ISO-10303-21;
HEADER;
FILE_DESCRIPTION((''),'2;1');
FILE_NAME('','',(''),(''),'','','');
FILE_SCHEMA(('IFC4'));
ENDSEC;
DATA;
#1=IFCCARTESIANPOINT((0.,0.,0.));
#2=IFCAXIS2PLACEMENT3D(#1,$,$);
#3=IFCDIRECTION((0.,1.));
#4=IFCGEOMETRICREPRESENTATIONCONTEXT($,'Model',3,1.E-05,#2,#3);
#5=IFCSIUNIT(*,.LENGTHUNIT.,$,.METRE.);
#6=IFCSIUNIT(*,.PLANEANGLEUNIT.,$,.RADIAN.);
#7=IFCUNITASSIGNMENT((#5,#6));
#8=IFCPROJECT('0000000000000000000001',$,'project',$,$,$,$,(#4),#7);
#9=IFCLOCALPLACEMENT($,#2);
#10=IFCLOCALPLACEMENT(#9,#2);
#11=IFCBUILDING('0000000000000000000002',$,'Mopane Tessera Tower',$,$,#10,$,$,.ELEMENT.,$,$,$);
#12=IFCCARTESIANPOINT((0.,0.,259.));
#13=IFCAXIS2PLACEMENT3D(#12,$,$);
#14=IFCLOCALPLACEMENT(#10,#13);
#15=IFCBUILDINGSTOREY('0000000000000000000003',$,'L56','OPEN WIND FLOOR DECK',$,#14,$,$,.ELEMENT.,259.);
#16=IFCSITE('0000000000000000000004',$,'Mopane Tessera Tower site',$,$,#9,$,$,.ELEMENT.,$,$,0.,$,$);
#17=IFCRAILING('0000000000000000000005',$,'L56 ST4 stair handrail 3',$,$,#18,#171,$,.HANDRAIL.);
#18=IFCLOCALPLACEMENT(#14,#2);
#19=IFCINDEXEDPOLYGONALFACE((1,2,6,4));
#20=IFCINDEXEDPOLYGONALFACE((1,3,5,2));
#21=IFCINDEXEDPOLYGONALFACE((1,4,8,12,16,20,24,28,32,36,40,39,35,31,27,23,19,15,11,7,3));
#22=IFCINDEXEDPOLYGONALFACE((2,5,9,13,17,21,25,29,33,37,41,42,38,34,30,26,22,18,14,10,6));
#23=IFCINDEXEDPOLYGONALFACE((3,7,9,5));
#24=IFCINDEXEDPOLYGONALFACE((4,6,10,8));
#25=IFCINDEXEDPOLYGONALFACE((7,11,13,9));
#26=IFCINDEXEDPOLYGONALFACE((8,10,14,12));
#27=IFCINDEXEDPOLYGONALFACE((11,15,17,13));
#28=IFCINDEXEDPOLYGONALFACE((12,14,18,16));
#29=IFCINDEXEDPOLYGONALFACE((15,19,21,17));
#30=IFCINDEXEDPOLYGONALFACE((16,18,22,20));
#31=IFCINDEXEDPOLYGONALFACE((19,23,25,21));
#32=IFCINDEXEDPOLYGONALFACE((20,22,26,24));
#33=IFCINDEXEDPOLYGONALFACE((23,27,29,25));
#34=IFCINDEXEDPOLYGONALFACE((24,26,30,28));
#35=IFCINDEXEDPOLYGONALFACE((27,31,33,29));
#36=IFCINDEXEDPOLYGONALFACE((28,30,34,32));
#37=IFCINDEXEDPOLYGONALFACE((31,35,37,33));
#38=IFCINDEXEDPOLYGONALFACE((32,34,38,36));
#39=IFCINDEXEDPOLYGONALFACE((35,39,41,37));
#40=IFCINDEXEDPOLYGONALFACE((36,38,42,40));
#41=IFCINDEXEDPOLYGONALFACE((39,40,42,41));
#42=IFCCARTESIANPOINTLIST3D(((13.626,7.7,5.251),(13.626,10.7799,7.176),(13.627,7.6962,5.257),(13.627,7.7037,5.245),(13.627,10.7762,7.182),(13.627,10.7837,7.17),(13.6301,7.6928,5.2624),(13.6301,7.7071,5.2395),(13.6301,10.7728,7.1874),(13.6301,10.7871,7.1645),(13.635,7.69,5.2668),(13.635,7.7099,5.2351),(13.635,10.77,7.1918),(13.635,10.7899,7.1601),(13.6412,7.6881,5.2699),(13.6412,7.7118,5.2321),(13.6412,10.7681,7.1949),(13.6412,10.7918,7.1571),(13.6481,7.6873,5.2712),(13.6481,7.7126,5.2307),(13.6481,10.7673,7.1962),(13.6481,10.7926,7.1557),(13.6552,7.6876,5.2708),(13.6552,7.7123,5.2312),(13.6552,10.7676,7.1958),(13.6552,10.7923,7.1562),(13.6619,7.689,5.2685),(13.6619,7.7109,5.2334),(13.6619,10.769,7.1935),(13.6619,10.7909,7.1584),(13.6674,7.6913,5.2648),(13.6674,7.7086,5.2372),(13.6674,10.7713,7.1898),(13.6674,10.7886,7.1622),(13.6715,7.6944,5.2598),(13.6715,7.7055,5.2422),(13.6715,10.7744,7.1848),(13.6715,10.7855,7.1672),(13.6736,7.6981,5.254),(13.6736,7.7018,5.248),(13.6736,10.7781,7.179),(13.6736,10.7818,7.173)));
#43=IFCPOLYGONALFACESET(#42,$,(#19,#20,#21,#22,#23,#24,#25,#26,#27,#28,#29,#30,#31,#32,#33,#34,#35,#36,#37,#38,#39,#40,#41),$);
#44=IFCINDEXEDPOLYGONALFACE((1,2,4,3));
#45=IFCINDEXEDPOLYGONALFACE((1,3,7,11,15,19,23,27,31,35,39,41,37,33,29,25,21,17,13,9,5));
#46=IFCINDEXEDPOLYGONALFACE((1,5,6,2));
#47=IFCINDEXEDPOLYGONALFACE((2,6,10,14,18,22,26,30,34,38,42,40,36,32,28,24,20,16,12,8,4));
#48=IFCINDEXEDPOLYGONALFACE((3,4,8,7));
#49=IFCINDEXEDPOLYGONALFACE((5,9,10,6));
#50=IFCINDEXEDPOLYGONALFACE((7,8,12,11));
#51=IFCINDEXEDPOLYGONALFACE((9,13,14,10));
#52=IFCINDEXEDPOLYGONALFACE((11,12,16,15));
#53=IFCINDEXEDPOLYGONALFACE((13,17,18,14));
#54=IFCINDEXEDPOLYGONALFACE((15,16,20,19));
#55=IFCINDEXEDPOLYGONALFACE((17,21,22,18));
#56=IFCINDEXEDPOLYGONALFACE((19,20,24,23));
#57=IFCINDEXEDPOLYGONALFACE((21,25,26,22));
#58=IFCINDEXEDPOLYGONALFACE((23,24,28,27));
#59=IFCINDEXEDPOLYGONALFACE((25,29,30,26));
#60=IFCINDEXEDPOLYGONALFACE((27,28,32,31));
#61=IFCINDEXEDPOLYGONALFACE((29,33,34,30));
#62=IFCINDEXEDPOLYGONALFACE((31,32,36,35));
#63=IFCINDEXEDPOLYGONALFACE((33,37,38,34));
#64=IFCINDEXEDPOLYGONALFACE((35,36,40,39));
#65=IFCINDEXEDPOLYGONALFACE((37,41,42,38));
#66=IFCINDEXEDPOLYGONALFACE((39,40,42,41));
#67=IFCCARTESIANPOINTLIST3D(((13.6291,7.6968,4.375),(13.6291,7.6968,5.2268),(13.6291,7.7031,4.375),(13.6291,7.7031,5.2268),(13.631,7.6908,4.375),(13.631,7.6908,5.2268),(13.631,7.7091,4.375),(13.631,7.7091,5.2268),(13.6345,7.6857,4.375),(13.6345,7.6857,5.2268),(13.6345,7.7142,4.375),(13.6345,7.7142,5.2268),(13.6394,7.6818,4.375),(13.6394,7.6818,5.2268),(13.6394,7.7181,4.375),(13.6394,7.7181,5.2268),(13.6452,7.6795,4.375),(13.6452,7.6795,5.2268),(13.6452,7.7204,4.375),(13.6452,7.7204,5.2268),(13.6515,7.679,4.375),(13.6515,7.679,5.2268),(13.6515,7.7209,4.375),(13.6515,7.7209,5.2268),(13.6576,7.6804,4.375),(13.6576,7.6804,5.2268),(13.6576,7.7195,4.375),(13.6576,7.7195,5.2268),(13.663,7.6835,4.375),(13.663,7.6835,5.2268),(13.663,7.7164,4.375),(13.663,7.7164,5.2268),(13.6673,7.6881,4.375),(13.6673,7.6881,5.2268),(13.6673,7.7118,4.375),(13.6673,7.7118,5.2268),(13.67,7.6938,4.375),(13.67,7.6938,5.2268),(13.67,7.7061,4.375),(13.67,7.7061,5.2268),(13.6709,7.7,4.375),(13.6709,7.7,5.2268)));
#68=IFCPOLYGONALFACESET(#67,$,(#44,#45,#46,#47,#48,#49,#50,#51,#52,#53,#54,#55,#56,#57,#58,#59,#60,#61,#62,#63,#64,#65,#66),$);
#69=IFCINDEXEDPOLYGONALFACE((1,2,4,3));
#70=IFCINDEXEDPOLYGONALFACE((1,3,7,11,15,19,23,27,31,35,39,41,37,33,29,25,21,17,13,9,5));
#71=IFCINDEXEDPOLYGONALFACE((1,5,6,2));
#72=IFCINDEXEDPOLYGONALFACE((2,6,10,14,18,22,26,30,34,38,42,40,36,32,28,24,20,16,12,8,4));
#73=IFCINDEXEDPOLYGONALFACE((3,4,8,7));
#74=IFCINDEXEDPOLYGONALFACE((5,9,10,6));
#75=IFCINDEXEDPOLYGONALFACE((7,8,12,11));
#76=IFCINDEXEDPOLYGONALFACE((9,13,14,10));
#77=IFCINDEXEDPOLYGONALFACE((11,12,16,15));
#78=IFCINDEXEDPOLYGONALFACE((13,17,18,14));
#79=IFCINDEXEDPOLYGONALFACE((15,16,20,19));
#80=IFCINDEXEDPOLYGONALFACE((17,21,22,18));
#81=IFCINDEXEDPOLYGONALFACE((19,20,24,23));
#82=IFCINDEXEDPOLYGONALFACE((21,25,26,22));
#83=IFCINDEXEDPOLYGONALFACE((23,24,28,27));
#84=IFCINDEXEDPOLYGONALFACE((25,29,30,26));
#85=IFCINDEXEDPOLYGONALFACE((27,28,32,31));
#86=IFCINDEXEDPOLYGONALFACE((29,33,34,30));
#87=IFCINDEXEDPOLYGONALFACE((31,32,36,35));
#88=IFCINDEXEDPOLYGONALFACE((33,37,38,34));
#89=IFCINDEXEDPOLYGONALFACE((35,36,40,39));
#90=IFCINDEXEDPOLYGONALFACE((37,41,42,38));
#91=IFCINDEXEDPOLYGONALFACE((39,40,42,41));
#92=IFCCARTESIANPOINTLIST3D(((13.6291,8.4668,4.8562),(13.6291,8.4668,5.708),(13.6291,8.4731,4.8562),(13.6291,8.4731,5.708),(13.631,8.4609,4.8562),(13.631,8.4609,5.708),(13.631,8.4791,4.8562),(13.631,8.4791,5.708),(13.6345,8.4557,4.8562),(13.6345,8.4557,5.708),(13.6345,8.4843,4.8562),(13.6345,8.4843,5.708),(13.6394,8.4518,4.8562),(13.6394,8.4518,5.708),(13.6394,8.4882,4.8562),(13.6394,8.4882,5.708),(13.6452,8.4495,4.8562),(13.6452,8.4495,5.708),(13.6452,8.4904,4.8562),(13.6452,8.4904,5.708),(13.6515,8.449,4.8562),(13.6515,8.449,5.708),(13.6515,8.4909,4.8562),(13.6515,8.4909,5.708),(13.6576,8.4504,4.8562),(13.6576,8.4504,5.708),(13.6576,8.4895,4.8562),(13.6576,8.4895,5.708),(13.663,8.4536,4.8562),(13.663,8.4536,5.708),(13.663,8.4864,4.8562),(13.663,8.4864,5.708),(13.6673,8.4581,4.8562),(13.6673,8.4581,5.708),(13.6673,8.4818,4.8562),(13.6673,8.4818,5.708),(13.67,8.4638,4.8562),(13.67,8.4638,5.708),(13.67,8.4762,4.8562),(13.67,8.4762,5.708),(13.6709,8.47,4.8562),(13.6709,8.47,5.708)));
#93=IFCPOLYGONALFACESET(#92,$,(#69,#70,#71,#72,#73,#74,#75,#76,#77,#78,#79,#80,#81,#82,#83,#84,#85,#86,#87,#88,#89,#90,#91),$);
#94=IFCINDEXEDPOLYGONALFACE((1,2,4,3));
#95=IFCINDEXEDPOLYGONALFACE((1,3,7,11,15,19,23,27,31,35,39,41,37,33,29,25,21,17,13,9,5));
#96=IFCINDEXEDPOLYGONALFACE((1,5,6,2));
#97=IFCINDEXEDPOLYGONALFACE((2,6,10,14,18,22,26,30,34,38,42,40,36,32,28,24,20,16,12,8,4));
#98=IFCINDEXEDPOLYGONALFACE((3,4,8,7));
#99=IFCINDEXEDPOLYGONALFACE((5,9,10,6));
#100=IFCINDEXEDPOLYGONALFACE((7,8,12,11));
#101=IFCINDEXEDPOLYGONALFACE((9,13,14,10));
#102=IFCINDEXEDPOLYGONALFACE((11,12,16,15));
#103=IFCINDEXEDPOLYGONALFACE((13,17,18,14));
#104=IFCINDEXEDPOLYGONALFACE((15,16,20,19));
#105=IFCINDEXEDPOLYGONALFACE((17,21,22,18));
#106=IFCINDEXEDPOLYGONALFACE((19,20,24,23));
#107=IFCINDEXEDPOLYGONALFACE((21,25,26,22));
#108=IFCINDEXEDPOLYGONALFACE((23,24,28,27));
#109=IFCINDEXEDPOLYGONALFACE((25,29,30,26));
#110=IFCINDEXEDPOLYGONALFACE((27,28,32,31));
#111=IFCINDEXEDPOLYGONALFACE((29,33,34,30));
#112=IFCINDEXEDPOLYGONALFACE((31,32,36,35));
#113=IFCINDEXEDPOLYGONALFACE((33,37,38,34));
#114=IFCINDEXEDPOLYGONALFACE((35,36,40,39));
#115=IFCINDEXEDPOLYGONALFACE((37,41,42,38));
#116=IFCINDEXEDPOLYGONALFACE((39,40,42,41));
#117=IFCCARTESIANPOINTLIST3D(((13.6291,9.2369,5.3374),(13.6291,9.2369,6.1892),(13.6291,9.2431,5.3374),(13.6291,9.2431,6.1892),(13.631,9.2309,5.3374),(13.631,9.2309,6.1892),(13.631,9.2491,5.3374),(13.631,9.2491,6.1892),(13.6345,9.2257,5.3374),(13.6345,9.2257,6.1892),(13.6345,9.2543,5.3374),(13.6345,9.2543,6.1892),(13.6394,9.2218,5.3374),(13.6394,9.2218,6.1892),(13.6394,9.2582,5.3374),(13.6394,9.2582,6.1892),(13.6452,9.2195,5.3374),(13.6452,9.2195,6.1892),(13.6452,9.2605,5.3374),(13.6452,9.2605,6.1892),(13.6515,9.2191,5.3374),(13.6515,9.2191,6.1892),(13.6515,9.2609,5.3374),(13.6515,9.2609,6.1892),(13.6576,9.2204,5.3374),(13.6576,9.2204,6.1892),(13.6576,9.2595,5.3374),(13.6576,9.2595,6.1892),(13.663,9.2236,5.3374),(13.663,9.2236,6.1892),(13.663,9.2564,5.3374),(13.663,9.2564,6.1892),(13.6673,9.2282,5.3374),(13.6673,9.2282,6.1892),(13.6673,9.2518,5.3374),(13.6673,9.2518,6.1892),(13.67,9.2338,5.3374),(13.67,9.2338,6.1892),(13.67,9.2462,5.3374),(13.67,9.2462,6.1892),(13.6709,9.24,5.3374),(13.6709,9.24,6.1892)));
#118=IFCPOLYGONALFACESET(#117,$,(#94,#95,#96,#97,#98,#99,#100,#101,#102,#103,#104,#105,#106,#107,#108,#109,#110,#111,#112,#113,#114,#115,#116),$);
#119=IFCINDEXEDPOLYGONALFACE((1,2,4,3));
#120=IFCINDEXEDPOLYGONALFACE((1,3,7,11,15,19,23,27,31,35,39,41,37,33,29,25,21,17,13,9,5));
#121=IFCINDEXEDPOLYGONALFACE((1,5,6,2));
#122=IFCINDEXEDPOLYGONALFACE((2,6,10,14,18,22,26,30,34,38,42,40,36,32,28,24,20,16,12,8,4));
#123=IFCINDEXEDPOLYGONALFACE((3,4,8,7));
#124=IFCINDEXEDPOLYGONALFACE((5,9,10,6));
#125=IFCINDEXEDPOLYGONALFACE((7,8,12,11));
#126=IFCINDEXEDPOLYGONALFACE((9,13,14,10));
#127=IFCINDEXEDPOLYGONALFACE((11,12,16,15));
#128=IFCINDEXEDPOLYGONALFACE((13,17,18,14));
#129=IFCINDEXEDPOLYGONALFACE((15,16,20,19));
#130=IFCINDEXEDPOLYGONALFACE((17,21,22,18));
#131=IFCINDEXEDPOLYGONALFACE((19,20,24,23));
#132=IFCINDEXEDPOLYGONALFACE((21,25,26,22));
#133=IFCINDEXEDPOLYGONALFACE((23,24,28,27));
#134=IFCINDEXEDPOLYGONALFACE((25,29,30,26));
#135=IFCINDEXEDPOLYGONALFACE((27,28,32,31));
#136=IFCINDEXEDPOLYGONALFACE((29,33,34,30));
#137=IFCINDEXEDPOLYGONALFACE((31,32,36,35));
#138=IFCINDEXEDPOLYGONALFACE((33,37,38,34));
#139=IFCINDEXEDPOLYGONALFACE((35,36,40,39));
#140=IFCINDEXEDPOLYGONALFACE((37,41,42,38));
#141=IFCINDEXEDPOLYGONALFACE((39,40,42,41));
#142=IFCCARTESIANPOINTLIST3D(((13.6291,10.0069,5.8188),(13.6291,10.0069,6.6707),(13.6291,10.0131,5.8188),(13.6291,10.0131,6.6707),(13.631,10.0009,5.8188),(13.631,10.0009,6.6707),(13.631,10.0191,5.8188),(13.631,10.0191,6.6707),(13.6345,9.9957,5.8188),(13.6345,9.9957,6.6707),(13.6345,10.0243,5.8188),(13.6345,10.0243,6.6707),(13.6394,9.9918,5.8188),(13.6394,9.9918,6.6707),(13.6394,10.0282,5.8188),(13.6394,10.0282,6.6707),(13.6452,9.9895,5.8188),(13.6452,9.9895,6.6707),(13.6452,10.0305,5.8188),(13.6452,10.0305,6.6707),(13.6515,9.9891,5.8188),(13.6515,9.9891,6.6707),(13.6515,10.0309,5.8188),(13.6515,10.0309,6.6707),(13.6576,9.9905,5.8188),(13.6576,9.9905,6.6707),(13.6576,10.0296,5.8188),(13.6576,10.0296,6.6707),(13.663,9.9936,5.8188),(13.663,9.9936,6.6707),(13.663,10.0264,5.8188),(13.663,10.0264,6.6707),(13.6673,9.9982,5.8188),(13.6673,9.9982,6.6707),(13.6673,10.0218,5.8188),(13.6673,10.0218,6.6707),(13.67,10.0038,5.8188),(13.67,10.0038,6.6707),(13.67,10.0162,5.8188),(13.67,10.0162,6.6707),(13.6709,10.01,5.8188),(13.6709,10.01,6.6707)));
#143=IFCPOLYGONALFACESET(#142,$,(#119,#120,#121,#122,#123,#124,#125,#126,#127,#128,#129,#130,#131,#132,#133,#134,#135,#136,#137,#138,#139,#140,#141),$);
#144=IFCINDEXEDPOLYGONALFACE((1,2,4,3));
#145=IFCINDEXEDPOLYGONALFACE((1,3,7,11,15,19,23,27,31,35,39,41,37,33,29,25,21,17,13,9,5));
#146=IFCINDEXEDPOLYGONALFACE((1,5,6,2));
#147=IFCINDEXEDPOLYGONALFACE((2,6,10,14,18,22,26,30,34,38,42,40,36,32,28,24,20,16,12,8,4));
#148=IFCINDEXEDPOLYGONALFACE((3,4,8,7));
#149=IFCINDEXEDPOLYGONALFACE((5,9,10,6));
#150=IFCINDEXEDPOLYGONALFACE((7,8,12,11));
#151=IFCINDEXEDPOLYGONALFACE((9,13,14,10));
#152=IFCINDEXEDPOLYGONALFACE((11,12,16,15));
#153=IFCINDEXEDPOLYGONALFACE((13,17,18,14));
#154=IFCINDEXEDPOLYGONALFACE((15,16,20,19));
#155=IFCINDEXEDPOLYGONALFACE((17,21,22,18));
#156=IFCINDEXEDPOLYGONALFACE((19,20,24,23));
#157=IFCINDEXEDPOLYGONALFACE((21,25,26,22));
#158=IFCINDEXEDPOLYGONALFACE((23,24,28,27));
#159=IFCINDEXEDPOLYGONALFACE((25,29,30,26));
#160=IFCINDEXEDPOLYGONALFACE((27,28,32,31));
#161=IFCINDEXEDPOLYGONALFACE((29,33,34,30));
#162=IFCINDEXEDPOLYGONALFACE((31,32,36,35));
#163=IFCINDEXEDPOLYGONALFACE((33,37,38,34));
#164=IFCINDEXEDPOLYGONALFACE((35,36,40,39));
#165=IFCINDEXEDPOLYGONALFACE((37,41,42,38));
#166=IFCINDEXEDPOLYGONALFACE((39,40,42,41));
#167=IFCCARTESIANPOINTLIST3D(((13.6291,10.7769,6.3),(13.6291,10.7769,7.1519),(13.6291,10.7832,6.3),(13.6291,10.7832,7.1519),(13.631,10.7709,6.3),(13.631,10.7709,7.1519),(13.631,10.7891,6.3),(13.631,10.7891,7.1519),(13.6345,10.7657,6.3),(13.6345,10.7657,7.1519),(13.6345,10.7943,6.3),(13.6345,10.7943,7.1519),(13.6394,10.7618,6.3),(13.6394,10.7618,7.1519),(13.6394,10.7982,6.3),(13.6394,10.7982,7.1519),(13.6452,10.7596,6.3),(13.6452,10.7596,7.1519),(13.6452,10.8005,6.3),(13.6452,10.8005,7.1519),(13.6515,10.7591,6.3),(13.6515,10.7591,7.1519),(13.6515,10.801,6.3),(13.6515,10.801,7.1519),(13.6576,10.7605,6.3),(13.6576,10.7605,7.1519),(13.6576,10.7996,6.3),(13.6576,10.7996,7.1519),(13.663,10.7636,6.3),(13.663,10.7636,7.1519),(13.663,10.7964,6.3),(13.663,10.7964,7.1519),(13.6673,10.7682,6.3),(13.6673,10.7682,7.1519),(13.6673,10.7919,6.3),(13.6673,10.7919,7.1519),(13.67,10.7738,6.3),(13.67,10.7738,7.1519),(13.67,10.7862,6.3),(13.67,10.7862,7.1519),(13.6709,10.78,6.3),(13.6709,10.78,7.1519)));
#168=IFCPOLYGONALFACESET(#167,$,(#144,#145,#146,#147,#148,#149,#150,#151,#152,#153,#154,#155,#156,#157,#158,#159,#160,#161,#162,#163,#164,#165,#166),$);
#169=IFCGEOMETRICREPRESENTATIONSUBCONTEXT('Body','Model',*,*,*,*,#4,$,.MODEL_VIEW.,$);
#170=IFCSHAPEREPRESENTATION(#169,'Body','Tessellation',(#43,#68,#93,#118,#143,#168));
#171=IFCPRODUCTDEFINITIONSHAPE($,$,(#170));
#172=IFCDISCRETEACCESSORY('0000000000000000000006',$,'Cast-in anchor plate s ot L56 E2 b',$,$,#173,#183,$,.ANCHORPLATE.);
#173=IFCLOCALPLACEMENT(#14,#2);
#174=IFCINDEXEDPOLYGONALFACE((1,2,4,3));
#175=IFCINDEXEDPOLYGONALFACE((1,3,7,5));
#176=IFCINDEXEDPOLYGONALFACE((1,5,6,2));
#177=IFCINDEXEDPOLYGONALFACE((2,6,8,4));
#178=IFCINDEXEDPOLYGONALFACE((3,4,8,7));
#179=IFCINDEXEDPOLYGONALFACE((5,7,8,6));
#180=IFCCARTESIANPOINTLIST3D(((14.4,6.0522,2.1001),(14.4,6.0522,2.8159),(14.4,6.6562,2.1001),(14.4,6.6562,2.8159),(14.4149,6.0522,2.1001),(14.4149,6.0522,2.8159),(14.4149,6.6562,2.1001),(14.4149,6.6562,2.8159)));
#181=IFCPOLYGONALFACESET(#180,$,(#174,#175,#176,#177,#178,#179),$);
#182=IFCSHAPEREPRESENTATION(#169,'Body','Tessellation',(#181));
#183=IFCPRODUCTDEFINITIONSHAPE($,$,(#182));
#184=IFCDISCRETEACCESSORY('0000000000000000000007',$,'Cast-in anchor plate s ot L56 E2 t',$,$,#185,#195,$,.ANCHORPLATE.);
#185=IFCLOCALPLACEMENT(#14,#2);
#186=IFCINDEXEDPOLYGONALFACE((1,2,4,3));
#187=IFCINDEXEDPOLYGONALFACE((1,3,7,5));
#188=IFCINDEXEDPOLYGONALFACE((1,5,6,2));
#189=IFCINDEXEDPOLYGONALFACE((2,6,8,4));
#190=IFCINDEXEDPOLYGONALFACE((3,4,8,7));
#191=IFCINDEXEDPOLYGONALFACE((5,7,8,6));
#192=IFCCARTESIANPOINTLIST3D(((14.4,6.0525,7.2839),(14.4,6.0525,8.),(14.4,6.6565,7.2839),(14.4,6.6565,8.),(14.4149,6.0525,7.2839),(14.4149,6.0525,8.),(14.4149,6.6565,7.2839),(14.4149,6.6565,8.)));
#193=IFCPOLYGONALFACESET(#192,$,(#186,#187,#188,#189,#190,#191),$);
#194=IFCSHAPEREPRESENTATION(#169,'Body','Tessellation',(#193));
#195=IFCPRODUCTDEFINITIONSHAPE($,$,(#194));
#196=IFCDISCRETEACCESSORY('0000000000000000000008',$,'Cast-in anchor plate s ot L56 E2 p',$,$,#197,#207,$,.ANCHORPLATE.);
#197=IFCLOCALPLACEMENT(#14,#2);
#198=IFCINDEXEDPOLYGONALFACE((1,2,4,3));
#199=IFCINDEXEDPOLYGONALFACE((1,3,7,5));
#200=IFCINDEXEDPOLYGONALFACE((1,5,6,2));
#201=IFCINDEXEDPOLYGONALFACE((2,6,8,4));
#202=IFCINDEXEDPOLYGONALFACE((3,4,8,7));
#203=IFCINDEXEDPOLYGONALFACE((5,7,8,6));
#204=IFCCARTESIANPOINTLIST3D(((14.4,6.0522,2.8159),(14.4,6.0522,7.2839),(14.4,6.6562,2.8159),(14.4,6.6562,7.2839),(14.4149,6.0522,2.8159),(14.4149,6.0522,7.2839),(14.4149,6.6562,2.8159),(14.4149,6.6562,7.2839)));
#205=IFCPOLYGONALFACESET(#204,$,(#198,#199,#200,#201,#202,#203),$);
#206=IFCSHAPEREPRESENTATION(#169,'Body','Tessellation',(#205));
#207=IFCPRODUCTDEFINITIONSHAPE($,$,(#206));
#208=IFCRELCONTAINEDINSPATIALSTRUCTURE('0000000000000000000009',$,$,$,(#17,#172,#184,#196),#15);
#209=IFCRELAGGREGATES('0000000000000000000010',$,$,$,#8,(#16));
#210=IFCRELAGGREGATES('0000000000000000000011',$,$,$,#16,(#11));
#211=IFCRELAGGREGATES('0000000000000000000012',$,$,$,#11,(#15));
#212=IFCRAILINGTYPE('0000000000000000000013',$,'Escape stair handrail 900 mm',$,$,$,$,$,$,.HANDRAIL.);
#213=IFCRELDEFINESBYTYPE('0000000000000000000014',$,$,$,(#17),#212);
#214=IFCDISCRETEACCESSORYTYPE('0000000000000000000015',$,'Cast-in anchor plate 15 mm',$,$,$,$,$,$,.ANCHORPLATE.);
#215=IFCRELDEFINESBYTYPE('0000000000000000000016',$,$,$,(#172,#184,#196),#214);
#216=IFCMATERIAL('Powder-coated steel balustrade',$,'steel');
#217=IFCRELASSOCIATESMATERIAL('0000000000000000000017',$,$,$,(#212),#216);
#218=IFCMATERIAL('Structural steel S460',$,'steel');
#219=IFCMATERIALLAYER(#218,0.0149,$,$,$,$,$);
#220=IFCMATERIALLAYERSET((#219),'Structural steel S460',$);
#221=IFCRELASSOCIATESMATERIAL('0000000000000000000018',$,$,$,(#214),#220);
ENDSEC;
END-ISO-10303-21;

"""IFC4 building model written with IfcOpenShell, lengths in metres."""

from ifc_helpers import new_model, si_unit, direction, frame, origin, origin_2d, place, context, subcontext, project, spatial, rectangle, circle, extrude, material, layer, layer_set, type_object, element, save


model = new_model("IFC4")

# Units and contexts
model_context = context("Model", 3, precision=1e-05, world=origin(), true_north=direction((0.0, 1.0)))
body_context = subcontext(model_context, "Body", "Model", "MODEL_VIEW")
ifc_project = project(units=[si_unit("LENGTHUNIT", "METRE"), si_unit("PLANEANGLEUNIT", "RADIAN")], contexts=[model_context])

# Site, building, storey
site_placement = place(None, origin())
site = spatial("IfcSite", under=ifc_project, at=site_placement, Name="Mopane Tessera Tower site", CompositionType="ELEMENT", RefElevation=0.0)
building_placement = place(site_placement, origin())
building = spatial("IfcBuilding", under=site, at=building_placement, Name="Mopane Tessera Tower", CompositionType="ELEMENT")
storey_placement = place(building_placement, frame((0.0, 0.0, 259.0)))
storey = spatial("IfcBuildingStorey", under=building, at=storey_placement, Name="L56", Description="OPEN WIND FLOOR DECK", CompositionType="ELEMENT", Elevation=259.0)

# Railing
ifc_material_1 = material(Name="Powder-coated steel balustrade", Category="steel")
railing_type_1 = type_object("IfcRailingType", Name="Escape stair handrail 900 mm", PredefinedType="HANDRAIL", material=ifc_material_1)
for number, where, name in (
    (1, (13.6499, 7.7, 4.375), "L56 ST4 stair handrail 3"),
):
    element("IfcRailing", number, at=place(storey_placement, frame(where)), inside=storey, type_object=railing_type_1, Name=name, PredefinedType="HANDRAIL", context=body_context, shape_type="SweptSolid", body=[
        extrude(circle(Radius=0.0239, at=origin_2d()), frame((0.0, 0.0, 0.876), z_axis=(0.0, 0.847998, 0.529999), x_axis=(-1.0, 0.0, 0.0)), (0.0, 0.0, 1.0), 3.6321),
        extrude(circle(Radius=0.021, at=origin_2d()), origin(), (0.0, 0.0, 1.0), 0.8518),
        extrude(circle(Radius=0.021, at=origin_2d()), frame((0.0, 0.77, 0.4812)), (0.0, 0.0, 1.0), 0.8518),
        extrude(circle(Radius=0.021, at=origin_2d()), frame((0.0, 1.54, 0.9624)), (0.0, 0.0, 1.0), 0.8518),
        extrude(circle(Radius=0.021, at=origin_2d()), frame((0.0, 2.3101, 1.4438)), (0.0, 0.0, 1.0), 0.8518),
        extrude(circle(Radius=0.021, at=origin_2d()), frame((0.0, 3.0801, 1.925)), (0.0, 0.0, 1.0), 0.8518),
    ])

# Discrete accessories
ifc_material_2 = material(Name="Structural steel S460", Category="steel")
ifc_layer = layer(ifc_material_2, 0.0149)
ifc_layer_set = layer_set([ifc_layer], Name="Structural steel S460")
discrete_accessory_type = type_object("IfcDiscreteAccessoryType", Name="Cast-in anchor plate 15 mm", PredefinedType="ANCHORPLATE", material=ifc_layer_set)
discrete_accessory_1_placement = place(storey_placement, frame((14.4075, 6.3542, 2.1001), z_axis=(0.0, 0.0, 1.0), x_axis=(1.0, 0.0, 0.0)))
element("IfcDiscreteAccessory", 2, at=discrete_accessory_1_placement, inside=storey, type_object=discrete_accessory_type, Name="Cast-in anchor plate s ot L56 E2 b", PredefinedType="ANCHORPLATE", context=body_context, shape_type="SweptSolid", body=[
    extrude(rectangle(XDim=0.0149, YDim=0.604, at=origin_2d()), origin(), (0.0, 0.0, 1.0), 0.7158),
])
discrete_accessory_2_placement = place(storey_placement, frame((14.4075, 6.3545, 7.2839), z_axis=(0.0, 0.0, 1.0), x_axis=(1.0, 0.0, 0.0)))
element("IfcDiscreteAccessory", 3, at=discrete_accessory_2_placement, inside=storey, type_object=discrete_accessory_type, Name="Cast-in anchor plate s ot L56 E2 t", PredefinedType="ANCHORPLATE", context=body_context, shape_type="SweptSolid", body=[
    extrude(rectangle(XDim=0.0149, YDim=0.604, at=origin_2d()), origin(), (0.0, 0.0, 1.0), 0.7161),
])
discrete_accessory_3_placement = place(storey_placement, frame((14.4075, 6.3542, 2.8159), z_axis=(0.0, 0.0, 1.0), x_axis=(1.0, 0.0, 0.0)))
element("IfcDiscreteAccessory", 4, at=discrete_accessory_3_placement, inside=storey, type_object=discrete_accessory_type, Name="Cast-in anchor plate s ot L56 E2 p", PredefinedType="ANCHORPLATE", context=body_context, shape_type="SweptSolid", body=[
    extrude(rectangle(XDim=0.0149, YDim=0.604, at=origin_2d()), origin(), (0.0, 0.0, 1.0), 4.468),
])

save(model, "model.ifc")
